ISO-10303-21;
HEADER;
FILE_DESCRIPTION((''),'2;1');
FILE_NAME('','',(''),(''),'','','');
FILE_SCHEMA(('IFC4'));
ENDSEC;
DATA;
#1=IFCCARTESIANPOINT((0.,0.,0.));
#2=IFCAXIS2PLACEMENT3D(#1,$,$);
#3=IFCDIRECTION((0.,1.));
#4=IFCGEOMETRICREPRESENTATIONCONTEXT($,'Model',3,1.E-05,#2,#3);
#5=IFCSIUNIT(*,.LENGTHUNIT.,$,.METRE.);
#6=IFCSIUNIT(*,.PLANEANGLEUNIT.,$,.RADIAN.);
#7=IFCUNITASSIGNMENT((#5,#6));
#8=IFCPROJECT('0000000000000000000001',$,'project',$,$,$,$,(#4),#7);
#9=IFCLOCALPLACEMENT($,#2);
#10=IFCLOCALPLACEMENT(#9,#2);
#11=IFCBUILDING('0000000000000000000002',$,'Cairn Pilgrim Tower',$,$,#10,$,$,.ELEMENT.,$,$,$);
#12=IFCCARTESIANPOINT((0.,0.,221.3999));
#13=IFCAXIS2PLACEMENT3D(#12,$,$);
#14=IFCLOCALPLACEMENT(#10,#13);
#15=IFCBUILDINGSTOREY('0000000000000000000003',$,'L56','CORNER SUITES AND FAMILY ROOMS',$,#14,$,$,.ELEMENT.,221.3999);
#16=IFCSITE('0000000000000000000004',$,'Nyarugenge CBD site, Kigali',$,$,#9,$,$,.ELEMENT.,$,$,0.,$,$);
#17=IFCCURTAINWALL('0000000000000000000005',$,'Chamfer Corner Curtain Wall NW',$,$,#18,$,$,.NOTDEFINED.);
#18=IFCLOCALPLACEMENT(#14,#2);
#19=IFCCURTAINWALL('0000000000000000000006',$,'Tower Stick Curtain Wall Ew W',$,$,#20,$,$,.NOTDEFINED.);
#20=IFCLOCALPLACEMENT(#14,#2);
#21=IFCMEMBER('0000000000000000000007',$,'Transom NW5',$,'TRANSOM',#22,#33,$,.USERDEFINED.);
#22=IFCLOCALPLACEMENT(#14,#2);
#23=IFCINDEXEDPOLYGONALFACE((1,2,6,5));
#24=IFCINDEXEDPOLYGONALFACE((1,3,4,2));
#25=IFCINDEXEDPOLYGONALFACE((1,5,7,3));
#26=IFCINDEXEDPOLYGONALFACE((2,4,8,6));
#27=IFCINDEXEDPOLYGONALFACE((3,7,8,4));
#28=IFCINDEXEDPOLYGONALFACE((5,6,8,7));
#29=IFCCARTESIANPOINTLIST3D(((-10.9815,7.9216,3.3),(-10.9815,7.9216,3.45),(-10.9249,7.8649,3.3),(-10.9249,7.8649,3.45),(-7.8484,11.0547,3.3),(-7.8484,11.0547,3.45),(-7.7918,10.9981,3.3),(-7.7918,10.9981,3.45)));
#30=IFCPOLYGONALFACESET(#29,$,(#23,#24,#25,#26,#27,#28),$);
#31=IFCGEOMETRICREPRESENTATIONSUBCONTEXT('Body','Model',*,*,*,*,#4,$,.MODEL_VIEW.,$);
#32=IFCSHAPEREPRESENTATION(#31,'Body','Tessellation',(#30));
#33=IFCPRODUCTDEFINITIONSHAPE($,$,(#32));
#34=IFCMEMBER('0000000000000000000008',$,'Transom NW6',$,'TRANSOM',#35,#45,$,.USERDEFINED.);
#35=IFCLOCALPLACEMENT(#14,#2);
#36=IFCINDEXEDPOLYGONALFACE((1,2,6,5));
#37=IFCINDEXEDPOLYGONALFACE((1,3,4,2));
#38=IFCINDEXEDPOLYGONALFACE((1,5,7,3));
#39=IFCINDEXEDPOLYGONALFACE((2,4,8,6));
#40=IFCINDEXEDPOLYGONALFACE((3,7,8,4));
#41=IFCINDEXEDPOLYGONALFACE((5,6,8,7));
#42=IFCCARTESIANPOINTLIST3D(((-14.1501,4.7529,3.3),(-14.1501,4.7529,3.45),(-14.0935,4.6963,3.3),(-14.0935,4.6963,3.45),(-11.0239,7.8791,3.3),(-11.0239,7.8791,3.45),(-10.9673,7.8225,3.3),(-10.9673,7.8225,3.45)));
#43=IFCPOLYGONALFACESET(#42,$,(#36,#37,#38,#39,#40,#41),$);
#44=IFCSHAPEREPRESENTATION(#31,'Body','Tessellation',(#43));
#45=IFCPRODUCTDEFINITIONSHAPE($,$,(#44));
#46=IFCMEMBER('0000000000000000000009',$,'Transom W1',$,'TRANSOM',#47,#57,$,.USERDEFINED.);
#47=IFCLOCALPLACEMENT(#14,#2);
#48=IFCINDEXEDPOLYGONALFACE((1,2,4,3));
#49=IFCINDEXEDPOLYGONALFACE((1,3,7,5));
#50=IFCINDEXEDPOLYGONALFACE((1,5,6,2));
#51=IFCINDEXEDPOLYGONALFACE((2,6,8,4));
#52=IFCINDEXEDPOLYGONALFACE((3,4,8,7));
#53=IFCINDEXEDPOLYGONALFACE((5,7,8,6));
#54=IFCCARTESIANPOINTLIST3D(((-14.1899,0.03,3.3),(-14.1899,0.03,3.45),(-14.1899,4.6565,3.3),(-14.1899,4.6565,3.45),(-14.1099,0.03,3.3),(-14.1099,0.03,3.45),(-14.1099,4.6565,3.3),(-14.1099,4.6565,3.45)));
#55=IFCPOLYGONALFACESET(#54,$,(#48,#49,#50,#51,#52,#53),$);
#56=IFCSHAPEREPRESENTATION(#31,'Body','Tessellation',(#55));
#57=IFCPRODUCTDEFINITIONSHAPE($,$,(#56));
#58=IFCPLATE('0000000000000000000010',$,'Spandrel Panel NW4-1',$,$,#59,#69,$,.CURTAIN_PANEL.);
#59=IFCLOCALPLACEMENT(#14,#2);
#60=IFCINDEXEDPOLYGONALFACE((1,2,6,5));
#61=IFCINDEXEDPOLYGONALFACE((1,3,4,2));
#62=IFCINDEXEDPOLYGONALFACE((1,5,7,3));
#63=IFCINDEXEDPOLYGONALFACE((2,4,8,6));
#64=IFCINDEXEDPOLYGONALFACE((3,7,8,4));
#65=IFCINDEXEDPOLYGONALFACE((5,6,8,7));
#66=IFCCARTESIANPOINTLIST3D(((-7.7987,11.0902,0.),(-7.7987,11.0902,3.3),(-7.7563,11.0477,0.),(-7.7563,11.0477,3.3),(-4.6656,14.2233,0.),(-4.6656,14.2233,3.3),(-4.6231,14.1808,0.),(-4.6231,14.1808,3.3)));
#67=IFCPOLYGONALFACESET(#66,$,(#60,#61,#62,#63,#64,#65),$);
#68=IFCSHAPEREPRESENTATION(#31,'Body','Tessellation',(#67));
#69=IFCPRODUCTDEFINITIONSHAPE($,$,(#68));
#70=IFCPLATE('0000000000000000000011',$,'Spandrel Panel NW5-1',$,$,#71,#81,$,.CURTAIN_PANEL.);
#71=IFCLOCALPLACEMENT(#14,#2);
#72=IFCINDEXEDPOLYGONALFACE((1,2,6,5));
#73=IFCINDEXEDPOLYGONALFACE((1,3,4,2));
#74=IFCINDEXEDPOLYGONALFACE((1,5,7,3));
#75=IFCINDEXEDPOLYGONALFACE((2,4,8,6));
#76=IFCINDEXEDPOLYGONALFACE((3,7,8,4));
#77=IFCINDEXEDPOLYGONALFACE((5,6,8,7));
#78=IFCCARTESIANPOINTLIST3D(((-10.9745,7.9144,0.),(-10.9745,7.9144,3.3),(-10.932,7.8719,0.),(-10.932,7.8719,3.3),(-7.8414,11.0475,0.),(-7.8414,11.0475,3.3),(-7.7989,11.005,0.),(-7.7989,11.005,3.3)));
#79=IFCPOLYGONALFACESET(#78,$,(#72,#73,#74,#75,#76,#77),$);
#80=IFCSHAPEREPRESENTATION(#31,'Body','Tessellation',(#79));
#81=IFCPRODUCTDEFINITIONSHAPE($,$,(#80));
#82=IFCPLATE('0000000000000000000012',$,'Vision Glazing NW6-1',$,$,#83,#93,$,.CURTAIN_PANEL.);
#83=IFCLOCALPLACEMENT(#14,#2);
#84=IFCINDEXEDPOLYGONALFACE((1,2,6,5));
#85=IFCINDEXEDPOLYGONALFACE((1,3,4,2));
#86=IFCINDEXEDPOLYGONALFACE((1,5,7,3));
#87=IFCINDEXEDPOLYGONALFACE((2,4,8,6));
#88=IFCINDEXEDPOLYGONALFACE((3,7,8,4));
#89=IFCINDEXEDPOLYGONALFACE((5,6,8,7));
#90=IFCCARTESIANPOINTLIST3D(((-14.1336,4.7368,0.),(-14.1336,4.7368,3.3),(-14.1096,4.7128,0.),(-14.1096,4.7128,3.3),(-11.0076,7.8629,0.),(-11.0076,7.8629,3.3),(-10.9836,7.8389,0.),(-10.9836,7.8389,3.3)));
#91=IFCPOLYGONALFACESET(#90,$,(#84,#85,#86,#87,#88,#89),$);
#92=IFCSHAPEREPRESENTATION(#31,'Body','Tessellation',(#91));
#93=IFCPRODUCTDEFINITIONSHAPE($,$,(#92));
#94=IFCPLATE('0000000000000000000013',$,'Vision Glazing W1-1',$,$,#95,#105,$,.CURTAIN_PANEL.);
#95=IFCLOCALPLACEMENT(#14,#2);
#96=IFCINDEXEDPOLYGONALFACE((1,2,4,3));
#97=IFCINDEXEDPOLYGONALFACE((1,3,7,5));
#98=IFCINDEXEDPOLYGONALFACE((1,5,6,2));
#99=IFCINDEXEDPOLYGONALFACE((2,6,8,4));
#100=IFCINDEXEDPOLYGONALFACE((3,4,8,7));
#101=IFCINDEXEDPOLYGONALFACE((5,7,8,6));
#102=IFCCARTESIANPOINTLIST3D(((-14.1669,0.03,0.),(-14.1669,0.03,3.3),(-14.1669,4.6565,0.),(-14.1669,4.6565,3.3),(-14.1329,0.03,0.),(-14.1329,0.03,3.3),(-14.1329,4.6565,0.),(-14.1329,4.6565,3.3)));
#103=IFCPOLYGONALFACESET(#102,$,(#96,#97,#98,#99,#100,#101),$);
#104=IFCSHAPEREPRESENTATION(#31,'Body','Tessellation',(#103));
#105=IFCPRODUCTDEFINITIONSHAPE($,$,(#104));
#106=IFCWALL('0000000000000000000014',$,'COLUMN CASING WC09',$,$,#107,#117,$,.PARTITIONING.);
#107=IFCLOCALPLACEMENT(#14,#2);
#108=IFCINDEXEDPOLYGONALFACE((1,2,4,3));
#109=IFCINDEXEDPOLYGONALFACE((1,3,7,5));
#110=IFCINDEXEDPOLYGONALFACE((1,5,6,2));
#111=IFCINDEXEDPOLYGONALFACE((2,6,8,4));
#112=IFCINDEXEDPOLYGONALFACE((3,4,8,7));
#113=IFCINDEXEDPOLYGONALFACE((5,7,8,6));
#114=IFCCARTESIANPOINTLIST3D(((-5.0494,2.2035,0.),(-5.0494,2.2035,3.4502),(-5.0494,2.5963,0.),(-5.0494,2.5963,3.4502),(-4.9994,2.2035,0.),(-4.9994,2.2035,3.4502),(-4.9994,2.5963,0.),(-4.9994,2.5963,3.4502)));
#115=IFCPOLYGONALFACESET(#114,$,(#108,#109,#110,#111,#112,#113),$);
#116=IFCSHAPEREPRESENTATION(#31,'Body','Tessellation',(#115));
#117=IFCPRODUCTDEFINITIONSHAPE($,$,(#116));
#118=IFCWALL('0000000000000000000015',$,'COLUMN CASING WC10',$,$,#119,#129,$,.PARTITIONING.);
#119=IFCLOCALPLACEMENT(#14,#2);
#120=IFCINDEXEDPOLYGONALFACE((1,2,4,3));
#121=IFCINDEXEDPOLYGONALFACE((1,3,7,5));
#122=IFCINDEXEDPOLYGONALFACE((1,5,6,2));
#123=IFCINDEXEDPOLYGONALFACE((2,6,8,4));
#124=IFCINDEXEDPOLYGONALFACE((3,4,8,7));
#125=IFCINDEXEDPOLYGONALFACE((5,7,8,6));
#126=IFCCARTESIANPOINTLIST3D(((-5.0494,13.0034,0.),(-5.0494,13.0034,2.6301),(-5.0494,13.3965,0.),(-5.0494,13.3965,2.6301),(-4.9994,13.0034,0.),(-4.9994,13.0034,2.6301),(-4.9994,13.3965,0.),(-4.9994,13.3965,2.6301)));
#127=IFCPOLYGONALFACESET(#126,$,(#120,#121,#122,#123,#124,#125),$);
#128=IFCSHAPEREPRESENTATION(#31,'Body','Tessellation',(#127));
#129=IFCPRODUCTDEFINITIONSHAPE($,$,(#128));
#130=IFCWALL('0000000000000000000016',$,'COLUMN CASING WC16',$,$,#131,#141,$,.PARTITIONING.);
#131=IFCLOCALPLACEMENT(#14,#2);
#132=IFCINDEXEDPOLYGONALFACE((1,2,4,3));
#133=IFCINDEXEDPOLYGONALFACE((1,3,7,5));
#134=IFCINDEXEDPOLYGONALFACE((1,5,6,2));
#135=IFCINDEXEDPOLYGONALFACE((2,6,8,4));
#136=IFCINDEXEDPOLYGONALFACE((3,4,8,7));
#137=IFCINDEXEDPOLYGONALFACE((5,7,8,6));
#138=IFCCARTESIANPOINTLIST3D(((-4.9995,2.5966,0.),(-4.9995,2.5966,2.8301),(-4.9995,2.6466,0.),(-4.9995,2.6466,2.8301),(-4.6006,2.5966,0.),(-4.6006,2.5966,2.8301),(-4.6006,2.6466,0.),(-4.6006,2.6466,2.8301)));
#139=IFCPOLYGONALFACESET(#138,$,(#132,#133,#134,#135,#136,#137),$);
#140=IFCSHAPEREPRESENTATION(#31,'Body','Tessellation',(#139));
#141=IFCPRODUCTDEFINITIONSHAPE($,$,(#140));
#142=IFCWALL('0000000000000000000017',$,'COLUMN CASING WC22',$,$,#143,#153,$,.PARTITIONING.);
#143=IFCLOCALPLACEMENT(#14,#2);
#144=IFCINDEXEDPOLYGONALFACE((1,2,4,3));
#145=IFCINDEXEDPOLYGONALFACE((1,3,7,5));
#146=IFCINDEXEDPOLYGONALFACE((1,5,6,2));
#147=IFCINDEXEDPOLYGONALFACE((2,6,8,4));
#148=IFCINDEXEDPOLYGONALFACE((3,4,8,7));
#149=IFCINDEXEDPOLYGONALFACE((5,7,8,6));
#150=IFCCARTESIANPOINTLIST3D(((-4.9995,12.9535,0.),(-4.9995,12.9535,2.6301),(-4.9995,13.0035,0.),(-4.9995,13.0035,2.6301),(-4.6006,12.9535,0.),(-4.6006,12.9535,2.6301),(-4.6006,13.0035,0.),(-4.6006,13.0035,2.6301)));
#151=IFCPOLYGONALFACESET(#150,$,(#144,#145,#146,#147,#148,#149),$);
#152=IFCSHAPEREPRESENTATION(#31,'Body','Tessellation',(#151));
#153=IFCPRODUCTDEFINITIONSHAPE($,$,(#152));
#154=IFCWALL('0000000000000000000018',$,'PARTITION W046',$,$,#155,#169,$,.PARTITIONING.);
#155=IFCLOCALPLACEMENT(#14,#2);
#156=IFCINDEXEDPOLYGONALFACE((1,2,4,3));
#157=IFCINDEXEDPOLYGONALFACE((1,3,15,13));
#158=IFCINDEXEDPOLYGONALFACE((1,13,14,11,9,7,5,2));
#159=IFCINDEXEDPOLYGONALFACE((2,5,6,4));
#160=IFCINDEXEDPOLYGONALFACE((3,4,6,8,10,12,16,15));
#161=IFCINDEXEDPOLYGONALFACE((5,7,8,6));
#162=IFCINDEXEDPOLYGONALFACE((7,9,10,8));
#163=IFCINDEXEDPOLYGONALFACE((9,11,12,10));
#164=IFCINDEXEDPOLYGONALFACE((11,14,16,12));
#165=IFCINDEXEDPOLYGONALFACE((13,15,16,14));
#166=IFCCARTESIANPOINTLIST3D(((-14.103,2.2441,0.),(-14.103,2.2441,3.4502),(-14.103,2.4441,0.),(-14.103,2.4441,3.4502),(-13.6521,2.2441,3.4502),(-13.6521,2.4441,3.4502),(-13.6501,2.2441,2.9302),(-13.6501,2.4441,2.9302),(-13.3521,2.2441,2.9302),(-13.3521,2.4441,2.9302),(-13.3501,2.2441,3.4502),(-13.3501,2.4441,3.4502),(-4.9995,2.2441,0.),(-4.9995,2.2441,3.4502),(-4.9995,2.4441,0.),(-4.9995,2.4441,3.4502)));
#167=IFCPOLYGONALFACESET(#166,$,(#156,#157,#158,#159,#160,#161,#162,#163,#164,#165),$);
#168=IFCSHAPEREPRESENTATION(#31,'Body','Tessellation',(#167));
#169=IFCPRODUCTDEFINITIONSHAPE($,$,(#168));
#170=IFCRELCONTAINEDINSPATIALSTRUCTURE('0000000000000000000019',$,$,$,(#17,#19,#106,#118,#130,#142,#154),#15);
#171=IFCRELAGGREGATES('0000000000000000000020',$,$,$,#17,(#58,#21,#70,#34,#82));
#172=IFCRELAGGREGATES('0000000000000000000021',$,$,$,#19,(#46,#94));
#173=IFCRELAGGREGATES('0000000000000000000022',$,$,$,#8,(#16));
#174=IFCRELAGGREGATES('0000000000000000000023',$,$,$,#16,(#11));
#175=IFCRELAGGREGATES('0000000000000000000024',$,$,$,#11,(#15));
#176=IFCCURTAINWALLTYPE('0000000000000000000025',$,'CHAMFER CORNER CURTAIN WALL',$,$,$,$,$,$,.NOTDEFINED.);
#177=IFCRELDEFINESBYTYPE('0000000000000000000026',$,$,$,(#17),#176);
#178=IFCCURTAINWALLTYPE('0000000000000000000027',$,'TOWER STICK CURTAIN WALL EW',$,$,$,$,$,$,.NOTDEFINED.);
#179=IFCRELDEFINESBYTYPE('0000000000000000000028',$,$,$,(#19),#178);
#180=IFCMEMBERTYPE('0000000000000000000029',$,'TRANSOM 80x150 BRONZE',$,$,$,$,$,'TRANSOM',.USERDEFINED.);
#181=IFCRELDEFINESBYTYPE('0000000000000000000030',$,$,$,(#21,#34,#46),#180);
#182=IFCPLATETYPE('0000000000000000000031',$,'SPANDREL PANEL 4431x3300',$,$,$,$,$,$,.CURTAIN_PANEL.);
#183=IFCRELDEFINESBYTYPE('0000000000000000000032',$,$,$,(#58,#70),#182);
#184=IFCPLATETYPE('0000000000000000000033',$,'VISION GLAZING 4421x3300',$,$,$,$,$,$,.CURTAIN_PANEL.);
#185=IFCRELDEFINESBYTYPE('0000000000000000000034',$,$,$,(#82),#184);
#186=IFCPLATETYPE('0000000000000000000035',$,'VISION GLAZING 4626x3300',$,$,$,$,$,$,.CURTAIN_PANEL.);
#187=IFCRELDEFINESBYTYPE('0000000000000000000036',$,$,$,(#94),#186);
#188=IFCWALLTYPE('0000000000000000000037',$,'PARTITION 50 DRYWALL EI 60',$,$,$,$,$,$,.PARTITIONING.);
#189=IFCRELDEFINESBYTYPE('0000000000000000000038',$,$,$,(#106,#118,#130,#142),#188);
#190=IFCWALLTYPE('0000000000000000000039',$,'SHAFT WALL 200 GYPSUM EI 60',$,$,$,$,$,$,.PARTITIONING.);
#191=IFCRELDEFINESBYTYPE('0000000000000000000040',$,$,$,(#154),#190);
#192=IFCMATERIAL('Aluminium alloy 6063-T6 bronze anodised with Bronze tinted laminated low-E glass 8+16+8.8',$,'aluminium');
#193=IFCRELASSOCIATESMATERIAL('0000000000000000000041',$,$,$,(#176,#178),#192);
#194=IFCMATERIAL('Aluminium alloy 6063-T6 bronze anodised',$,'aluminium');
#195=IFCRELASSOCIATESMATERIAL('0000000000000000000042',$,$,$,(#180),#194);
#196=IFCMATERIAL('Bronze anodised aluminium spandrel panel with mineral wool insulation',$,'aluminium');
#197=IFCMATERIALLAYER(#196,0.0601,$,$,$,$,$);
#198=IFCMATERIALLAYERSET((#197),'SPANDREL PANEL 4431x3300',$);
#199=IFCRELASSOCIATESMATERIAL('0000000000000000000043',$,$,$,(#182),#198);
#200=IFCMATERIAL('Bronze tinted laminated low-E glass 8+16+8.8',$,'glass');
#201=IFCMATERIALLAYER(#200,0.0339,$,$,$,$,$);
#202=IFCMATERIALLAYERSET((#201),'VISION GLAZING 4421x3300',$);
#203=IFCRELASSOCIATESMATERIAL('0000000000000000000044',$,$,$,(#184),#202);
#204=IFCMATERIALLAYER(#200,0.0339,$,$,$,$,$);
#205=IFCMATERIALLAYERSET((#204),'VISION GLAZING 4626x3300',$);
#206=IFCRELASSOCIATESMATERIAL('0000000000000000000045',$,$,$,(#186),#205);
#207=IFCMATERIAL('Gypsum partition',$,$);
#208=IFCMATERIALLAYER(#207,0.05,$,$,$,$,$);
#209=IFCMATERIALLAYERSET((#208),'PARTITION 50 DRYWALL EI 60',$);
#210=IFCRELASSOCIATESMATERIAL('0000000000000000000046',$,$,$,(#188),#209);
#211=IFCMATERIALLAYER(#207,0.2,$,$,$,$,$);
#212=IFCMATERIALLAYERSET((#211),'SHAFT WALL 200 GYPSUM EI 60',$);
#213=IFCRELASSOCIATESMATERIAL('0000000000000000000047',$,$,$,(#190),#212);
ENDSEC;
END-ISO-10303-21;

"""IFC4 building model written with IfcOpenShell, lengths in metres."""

from ifc_helpers import new_model, si_unit, direction, frame, frame_2d, origin, origin_2d, place, context, subcontext, project, spatial, polyline, rectangle, outline, extrude, material, layer, layer_set, material_profile, profile_set, type_object, element, aggregate, save


model = new_model("IFC4")

# Units and contexts
model_context = context("Model", 3, precision=1e-05, world=origin(), true_north=direction((0.0, 1.0)))
body_context = subcontext(model_context, "Body", "Model", "MODEL_VIEW")
ifc_project = project(units=[si_unit("LENGTHUNIT", "METRE"), si_unit("PLANEANGLEUNIT", "RADIAN")], contexts=[model_context])

# Site, building, storey
site_placement = place(None, origin())
site = spatial("IfcSite", under=ifc_project, at=site_placement, Name="Nyarugenge CBD site, Kigali", CompositionType="ELEMENT", RefElevation=0.0)
building_placement = place(site_placement, origin())
building = spatial("IfcBuilding", under=site, at=building_placement, Name="Cairn Pilgrim Tower", CompositionType="ELEMENT")
storey_placement = place(building_placement, frame((0.0, 0.0, 221.3999)))
storey = spatial("IfcBuildingStorey", under=building, at=storey_placement, Name="L56", Description="CORNER SUITES AND FAMILY ROOMS", CompositionType="ELEMENT", Elevation=221.3999)

# Curtain wall
ifc_material_1 = material(Name="Aluminium alloy 6063-T6 bronze anodised with Bronze tinted laminated low-E glass 8+16+8.8", Category="aluminium")
curtain_wall_type_1 = type_object("IfcCurtainWallType", Name="CHAMFER CORNER CURTAIN WALL", PredefinedType="NOTDEFINED", material=ifc_material_1)
curtain_wall_1_placement = place(storey_placement, origin())
curtain_wall_1 = element("IfcCurtainWall", 1, at=curtain_wall_1_placement, inside=storey, type_object=curtain_wall_type_1, Name="Chamfer Corner Curtain Wall NW", PredefinedType="NOTDEFINED")
ifc_material_2 = material(Name="Aluminium alloy 6063-T6 bronze anodised", Category="aluminium")

# Curtain wall
curtain_wall_type_2 = type_object("IfcCurtainWallType", Name="TOWER STICK CURTAIN WALL EW", PredefinedType="NOTDEFINED", material=ifc_material_1)
curtain_wall_2_placement = place(storey_placement, origin())
curtain_wall_2 = element("IfcCurtainWall", 2, at=curtain_wall_2_placement, inside=storey, type_object=curtain_wall_type_2, Name="Tower Stick Curtain Wall Ew W", PredefinedType="NOTDEFINED")

# Members
ifc_material_profile_1 = material_profile(ifc_material_2, rectangle(XDim=0.0801, YDim=0.1499, at=origin_2d()), Name="TRANSOM 80x150 BRONZE")
ifc_profile_set_1 = profile_set([ifc_material_profile_1], Name="Aluminium alloy 6063-T6 bronze anodised")
member_type_1 = type_object("IfcMemberType", Name="TRANSOM 80x150 BRONZE", ElementType="TRANSOM", PredefinedType="USERDEFINED", material=ifc_profile_set_1)
member_1_placement = place(storey_placement, frame((-7.8201, 11.0264, 3.375), z_axis=(-0.707107, -0.707107, 0.0), x_axis=(0.707107, -0.707107, 0.0)))
member_1 = element("IfcMember", 3, at=member_1_placement, type_object=member_type_1, Name="Transom NW5", ObjectType="TRANSOM", PredefinedType="USERDEFINED", context=body_context, shape_type="SweptSolid", body=[
    extrude(rectangle(XDim=0.0801, YDim=0.1499, at=origin_2d()), origin(), (0.0, 0.0, 1.0), 4.4309),
])
member_2_placement = place(storey_placement, frame((-10.9956, 7.8508, 3.375), z_axis=(-0.707107, -0.707107, 0.0), x_axis=(0.707107, -0.707107, 0.0)))
member_2 = element("IfcMember", 4, at=member_2_placement, type_object=member_type_1, Name="Transom NW6", ObjectType="TRANSOM", PredefinedType="USERDEFINED", context=body_context, shape_type="SweptSolid", body=[
    extrude(rectangle(XDim=0.0801, YDim=0.1499, at=origin_2d()), origin(), (0.0, 0.0, 1.0), 4.4211),
])
member_3_placement = place(storey_placement, frame((-14.1499, 4.6565, 3.375), z_axis=(0.0, -1.0, 0.0), x_axis=(1.0, 0.0, 0.0)))
member_3 = element("IfcMember", 5, at=member_3_placement, type_object=member_type_1, Name="Transom W1", ObjectType="TRANSOM", PredefinedType="USERDEFINED", context=body_context, shape_type="SweptSolid", body=[
    extrude(rectangle(XDim=0.0801, YDim=0.1499, at=origin_2d()), origin(), (0.0, 0.0, 1.0), 4.6265),
])

# Plates
ifc_material_3 = material(Name="Bronze anodised aluminium spandrel panel with mineral wool insulation", Category="aluminium")
ifc_layer_1 = layer(ifc_material_3, 0.0601)
ifc_layer_set_1 = layer_set([ifc_layer_1], Name="SPANDREL PANEL 4431x3300")
plate_type_1 = type_object("IfcPlateType", Name="SPANDREL PANEL 4431x3300", PredefinedType="CURTAIN_PANEL", material=ifc_layer_set_1)
plate_1_placement = place(storey_placement, frame((-6.2109, 12.6355, 0.0), z_axis=(0.0, 0.0, 1.0), x_axis=(-0.707107, -0.707107, 0.0)))
plate_1 = element("IfcPlate", 6, at=plate_1_placement, type_object=plate_type_1, Name="Spandrel Panel NW4-1", PredefinedType="CURTAIN_PANEL", context=body_context, shape_type="SweptSolid", body=[
    extrude(rectangle(XDim=4.4309, YDim=0.0601, at=origin_2d()), origin(), (0.0, 0.0, 1.0), 3.3),
])
plate_2_placement = place(storey_placement, frame((-9.3867, 9.4597, 0.0), z_axis=(0.0, 0.0, 1.0), x_axis=(-0.707107, -0.707107, 0.0)))
plate_2 = element("IfcPlate", 7, at=plate_2_placement, type_object=plate_type_1, Name="Spandrel Panel NW5-1", PredefinedType="CURTAIN_PANEL", context=body_context, shape_type="SweptSolid", body=[
    extrude(rectangle(XDim=4.4309, YDim=0.0601, at=origin_2d()), origin(), (0.0, 0.0, 1.0), 3.3),
])
ifc_material_4 = material(Name="Bronze tinted laminated low-E glass 8+16+8.8", Category="glass")
ifc_layer_2 = layer(ifc_material_4, 0.0339)
ifc_layer_set_2 = layer_set([ifc_layer_2], Name="VISION GLAZING 4421x3300")
plate_type_2 = type_object("IfcPlateType", Name="VISION GLAZING 4421x3300", PredefinedType="CURTAIN_PANEL", material=ifc_layer_set_2)
plate_3_placement = place(storey_placement, frame((-12.5586, 6.2878, 0.0), z_axis=(0.0, 0.0, 1.0), x_axis=(-0.707107, -0.707107, 0.0)))
plate_3 = element("IfcPlate", 8, at=plate_3_placement, type_object=plate_type_2, Name="Vision Glazing NW6-1", PredefinedType="CURTAIN_PANEL", context=body_context, shape_type="SweptSolid", body=[
    extrude(rectangle(XDim=4.4209, YDim=0.0339, at=origin_2d()), origin(), (0.0, 0.0, 1.0), 3.3),
])
aggregate(curtain_wall_1, [plate_1, member_1, plate_2, member_2, plate_3])
ifc_layer_3 = layer(ifc_material_4, 0.0339)
ifc_layer_set_3 = layer_set([ifc_layer_3], Name="VISION GLAZING 4626x3300")
plate_type_3 = type_object("IfcPlateType", Name="VISION GLAZING 4626x3300", PredefinedType="CURTAIN_PANEL", material=ifc_layer_set_3)
plate_4_placement = place(storey_placement, frame((-14.1499, 2.3433, 0.0), z_axis=(0.0, 0.0, 1.0), x_axis=(0.0, -1.0, 0.0)))
plate_4 = element("IfcPlate", 9, at=plate_4_placement, type_object=plate_type_3, Name="Vision Glazing W1-1", PredefinedType="CURTAIN_PANEL", context=body_context, shape_type="SweptSolid", body=[
    extrude(rectangle(XDim=4.6265, YDim=0.0339, at=origin_2d()), origin(), (0.0, 0.0, 1.0), 3.3),
])
aggregate(curtain_wall_2, [member_3, plate_4])

# Walls
ifc_material_5 = material(Name="Gypsum partition")
ifc_layer_4 = layer(ifc_material_5, 0.05)
ifc_layer_set_4 = layer_set([ifc_layer_4], Name="PARTITION 50 DRYWALL EI 60")
wall_type_1 = type_object("IfcWallType", Name="PARTITION 50 DRYWALL EI 60", PredefinedType="PARTITIONING", material=ifc_layer_set_4)
wall_1_placement = place(storey_placement, frame((-5.0244, 2.2036, 0.0), z_axis=(0.0, 0.0, 1.0), x_axis=(0.0, 1.0, 0.0)))
element("IfcWall", 10, at=wall_1_placement, inside=storey, type_object=wall_type_1, Name="COLUMN CASING WC09", PredefinedType="PARTITIONING", context=body_context, shape_type="SweptSolid", body=[
    extrude(rectangle(XDim=0.3928, YDim=0.05, at=frame_2d((0.1963, 0.0))), origin(), (0.0, 0.0, 1.0), 3.4502),
])
wall_2_placement = place(storey_placement, frame((-5.0244, 13.0034, 0.0), z_axis=(0.0, 0.0, 1.0), x_axis=(0.0, 1.0, 0.0)))
element("IfcWall", 11, at=wall_2_placement, inside=storey, type_object=wall_type_1, Name="COLUMN CASING WC10", PredefinedType="PARTITIONING", context=body_context, shape_type="SweptSolid", body=[
    extrude(rectangle(XDim=0.3931, YDim=0.05, at=frame_2d((0.1965, 0.0))), origin(), (0.0, 0.0, 1.0), 2.6301),
])
wall_3_placement = place(storey_placement, frame((-4.9995, 2.6216, 0.0), z_axis=(0.0, 0.0, 1.0), x_axis=(1.0, 0.0, 0.0)))
element("IfcWall", 12, at=wall_3_placement, inside=storey, type_object=wall_type_1, Name="COLUMN CASING WC16", PredefinedType="PARTITIONING", context=body_context, shape_type="SweptSolid", body=[
    extrude(rectangle(XDim=0.3989, YDim=0.05, at=frame_2d((0.1995, 0.0))), origin(), (0.0, 0.0, 1.0), 2.8301),
])
wall_4_placement = place(storey_placement, frame((-4.9995, 12.9785, 0.0), z_axis=(0.0, 0.0, 1.0), x_axis=(1.0, 0.0, 0.0)))
element("IfcWall", 13, at=wall_4_placement, inside=storey, type_object=wall_type_1, Name="COLUMN CASING WC22", PredefinedType="PARTITIONING", context=body_context, shape_type="SweptSolid", body=[
    extrude(rectangle(XDim=0.3989, YDim=0.05, at=frame_2d((0.1995, 0.0))), origin(), (0.0, 0.0, 1.0), 2.6301),
])
ifc_layer_5 = layer(ifc_material_5, 0.2)
ifc_layer_set_5 = layer_set([ifc_layer_5], Name="SHAFT WALL 200 GYPSUM EI 60")
wall_type_2 = type_object("IfcWallType", Name="SHAFT WALL 200 GYPSUM EI 60", PredefinedType="PARTITIONING", material=ifc_layer_set_5)
wall_5_placement = place(storey_placement, frame((-14.103, 2.344, 0.0), z_axis=(0.0, 0.0, 1.0), x_axis=(1.0, 0.0, 0.0)))
element("IfcWall", 14, at=wall_5_placement, inside=storey, type_object=wall_type_2, Name="PARTITION W046", PredefinedType="PARTITIONING", context=body_context, shape_type="SweptSolid", body=[
    extrude(outline(polyline([(0.0, 0.0), (9.1035, 0.0), (9.1035, 3.4502), (0.7529, 3.4502), (0.751, 2.9302), (0.4529, 2.9302), (0.4509, 3.4502), (0.0, 3.4502), (0.0, 0.0)])), frame((0.0, 0.1001, 0.0), z_axis=(0.0, -1.0, 0.0), x_axis=(1.0, 0.0, 0.0)), (0.0, 0.0, 1.0), 0.2),
])

save(model, "model.ifc")
